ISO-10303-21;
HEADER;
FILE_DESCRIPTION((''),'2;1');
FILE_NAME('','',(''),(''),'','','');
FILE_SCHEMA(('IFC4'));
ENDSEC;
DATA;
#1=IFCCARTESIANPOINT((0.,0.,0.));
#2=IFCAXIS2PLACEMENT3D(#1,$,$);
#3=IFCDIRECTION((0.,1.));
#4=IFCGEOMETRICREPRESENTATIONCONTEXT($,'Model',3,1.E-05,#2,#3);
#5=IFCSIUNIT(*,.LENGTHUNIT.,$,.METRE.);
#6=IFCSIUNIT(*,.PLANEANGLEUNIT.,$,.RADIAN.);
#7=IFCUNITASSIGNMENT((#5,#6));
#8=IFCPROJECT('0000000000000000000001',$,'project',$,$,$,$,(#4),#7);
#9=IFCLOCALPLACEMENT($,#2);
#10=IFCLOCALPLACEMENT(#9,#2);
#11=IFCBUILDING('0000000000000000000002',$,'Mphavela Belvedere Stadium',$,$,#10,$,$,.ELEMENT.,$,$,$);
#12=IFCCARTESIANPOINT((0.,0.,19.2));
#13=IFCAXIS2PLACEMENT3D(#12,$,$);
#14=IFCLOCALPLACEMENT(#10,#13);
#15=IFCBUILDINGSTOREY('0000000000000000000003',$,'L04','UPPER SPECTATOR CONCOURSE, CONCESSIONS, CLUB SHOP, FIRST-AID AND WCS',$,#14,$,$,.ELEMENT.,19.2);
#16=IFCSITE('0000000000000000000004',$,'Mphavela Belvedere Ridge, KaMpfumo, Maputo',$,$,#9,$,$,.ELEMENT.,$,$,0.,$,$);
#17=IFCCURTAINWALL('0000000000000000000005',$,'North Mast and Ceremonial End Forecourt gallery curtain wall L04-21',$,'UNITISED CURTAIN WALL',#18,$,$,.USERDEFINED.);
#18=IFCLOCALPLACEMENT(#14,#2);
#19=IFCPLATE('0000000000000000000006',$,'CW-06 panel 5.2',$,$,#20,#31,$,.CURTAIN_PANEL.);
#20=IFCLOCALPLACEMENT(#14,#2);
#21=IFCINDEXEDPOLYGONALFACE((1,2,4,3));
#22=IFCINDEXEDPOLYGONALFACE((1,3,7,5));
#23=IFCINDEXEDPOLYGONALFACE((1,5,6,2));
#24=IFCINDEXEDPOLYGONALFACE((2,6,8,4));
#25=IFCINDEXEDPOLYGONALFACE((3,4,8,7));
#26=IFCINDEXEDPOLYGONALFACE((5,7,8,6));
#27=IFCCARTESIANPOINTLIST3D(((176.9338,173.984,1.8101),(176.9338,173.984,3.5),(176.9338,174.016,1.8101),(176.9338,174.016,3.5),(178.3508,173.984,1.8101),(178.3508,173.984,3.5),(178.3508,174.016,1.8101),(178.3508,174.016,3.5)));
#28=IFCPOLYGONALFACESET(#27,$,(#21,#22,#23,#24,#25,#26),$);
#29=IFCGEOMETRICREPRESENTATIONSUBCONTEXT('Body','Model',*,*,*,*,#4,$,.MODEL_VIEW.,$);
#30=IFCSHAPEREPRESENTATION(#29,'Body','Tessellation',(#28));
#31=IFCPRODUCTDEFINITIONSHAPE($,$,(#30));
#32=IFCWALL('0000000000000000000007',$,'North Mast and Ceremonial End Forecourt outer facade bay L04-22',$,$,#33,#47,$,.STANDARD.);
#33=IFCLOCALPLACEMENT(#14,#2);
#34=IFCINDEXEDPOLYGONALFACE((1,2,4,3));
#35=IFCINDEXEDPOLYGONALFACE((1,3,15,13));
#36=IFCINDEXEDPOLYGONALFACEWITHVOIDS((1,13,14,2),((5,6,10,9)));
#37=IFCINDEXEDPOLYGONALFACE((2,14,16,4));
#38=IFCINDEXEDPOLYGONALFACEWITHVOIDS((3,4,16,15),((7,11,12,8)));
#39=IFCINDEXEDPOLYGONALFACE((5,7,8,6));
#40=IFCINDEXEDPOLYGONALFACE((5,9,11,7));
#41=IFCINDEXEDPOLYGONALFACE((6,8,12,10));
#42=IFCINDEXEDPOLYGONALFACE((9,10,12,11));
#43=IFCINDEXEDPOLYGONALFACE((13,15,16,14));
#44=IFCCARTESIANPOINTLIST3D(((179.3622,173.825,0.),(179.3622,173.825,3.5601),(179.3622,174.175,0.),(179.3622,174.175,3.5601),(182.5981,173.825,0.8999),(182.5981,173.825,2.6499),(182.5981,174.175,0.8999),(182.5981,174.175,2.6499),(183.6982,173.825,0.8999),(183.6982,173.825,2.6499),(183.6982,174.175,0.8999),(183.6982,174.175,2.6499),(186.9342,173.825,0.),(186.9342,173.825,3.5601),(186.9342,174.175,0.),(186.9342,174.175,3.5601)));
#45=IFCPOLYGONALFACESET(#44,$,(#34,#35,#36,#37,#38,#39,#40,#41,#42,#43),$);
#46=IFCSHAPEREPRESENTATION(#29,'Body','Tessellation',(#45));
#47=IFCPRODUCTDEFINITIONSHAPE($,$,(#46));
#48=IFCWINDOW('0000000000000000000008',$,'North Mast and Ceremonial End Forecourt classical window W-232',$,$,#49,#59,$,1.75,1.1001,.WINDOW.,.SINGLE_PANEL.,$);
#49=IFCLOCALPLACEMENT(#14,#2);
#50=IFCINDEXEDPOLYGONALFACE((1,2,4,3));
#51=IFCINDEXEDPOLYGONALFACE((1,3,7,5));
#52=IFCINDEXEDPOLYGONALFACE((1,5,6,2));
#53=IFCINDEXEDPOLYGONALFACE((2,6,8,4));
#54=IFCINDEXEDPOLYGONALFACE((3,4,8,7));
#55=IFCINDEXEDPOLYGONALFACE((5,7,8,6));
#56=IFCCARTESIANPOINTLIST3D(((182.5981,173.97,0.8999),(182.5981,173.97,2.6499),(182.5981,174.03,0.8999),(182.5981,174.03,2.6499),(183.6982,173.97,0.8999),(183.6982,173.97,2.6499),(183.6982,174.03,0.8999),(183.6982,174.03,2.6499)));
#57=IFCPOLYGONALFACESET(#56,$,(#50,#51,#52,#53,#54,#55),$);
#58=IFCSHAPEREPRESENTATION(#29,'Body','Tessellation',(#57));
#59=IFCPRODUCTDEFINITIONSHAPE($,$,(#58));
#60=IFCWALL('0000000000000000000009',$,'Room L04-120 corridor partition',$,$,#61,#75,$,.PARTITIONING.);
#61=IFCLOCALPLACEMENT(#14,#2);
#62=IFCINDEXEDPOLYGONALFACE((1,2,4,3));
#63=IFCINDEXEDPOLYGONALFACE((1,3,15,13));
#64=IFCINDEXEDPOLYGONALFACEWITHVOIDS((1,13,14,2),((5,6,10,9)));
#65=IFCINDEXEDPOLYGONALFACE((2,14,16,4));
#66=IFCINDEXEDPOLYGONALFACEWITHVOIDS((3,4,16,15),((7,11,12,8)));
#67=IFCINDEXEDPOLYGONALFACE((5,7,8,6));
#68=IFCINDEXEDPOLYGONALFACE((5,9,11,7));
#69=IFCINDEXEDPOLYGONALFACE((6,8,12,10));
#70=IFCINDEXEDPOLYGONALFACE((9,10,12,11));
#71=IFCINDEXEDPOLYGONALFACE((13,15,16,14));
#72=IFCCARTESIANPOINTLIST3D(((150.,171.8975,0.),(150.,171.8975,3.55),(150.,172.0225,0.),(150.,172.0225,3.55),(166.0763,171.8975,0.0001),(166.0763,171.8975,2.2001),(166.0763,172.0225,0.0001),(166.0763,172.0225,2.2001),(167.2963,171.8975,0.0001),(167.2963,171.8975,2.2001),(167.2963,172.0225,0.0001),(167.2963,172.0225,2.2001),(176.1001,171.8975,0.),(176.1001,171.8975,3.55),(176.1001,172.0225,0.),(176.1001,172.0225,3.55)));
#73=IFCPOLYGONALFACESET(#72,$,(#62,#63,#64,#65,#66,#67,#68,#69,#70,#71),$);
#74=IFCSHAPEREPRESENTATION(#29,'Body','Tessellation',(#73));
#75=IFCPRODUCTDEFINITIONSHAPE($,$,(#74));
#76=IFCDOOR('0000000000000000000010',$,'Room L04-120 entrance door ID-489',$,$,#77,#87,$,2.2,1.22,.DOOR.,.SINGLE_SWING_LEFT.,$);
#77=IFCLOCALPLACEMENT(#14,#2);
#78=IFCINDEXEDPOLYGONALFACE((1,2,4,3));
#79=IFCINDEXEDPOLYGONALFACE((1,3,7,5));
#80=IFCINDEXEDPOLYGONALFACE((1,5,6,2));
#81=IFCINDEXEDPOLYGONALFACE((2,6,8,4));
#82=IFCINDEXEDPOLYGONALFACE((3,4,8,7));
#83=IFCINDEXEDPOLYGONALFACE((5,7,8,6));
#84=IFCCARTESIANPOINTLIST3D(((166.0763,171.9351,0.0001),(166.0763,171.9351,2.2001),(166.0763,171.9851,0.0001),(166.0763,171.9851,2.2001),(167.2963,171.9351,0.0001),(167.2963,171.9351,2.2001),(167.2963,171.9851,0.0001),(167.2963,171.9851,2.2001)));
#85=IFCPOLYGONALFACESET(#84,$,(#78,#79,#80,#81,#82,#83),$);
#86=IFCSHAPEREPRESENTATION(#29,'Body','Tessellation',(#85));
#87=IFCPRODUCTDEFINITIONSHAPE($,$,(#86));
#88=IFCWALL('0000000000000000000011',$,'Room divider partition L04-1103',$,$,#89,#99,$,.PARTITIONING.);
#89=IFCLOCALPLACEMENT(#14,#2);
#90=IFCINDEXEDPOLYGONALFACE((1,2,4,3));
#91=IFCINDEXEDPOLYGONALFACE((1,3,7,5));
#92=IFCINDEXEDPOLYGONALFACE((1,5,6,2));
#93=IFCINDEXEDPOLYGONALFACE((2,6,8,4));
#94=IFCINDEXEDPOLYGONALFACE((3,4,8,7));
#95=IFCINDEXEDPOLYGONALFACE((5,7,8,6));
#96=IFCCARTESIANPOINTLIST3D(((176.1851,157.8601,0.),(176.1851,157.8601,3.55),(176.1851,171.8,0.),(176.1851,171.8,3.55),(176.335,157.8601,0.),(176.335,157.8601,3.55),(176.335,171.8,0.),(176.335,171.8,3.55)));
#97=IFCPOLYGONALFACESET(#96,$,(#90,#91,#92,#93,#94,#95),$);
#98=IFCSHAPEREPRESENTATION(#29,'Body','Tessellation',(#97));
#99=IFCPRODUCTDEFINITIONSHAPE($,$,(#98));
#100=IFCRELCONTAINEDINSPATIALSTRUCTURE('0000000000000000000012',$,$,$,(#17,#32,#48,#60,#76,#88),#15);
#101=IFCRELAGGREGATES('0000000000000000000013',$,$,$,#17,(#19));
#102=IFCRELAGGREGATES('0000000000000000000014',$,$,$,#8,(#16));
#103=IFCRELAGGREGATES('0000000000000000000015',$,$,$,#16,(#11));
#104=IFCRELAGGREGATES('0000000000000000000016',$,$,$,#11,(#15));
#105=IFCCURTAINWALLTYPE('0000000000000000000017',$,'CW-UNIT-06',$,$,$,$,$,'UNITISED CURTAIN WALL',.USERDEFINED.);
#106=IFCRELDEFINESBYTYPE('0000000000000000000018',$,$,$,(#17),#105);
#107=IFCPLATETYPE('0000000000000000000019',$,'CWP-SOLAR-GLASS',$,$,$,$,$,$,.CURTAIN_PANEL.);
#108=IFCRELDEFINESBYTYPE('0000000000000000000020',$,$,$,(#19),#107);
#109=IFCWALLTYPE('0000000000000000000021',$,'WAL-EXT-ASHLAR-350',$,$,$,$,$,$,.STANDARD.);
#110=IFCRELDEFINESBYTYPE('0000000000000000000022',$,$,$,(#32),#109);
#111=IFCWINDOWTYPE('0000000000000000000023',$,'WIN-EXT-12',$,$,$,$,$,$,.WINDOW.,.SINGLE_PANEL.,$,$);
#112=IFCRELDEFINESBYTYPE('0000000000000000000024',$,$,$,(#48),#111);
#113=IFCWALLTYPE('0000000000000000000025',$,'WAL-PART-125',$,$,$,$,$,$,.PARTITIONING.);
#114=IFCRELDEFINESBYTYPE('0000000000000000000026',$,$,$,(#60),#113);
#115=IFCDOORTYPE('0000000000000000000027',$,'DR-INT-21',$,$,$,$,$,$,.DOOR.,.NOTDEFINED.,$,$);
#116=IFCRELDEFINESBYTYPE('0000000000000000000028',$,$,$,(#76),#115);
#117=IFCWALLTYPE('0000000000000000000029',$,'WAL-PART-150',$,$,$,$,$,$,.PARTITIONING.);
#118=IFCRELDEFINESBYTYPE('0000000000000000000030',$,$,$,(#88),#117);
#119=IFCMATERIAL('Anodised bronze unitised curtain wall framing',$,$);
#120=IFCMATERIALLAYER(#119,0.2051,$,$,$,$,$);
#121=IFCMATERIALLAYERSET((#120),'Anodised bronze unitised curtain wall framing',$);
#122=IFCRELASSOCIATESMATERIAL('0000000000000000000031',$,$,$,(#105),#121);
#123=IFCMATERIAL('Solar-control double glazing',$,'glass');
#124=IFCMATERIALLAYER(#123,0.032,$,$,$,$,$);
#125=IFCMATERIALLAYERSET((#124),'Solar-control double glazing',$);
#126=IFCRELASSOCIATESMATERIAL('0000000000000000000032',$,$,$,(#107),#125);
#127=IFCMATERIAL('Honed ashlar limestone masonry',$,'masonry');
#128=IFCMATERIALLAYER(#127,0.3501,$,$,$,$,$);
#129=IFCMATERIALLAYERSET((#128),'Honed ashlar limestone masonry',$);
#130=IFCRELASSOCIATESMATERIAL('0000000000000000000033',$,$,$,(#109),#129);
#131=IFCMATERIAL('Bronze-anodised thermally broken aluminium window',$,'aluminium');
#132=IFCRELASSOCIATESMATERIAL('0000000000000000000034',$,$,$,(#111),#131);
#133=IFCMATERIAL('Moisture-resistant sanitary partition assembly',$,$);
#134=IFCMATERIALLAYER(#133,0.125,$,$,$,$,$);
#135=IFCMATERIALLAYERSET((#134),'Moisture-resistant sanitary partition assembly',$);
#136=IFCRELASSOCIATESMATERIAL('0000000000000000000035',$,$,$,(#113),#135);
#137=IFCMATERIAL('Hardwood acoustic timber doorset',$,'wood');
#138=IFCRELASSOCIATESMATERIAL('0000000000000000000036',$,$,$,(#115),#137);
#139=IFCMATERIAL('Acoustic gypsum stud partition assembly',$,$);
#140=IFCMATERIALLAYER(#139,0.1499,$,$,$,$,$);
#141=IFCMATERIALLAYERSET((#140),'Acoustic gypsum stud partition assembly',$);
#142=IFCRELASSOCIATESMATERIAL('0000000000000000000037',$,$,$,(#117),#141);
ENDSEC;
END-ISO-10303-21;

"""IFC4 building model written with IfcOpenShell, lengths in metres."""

from ifc_helpers import new_model, si_unit, direction, frame, frame_2d, origin, origin_2d, place, context, subcontext, project, spatial, rectangle, extrude, material, layer, layer_set, type_object, element, fill, aggregate, save


model = new_model("IFC4")

# Units and contexts
model_context = context("Model", 3, precision=1e-05, world=origin(), true_north=direction((0.0, 1.0)))
body_context = subcontext(model_context, "Body", "Model", "MODEL_VIEW")
ifc_project = project(units=[si_unit("LENGTHUNIT", "METRE"), si_unit("PLANEANGLEUNIT", "RADIAN")], contexts=[model_context])

# Site, building, storey
site_placement = place(None, origin())
site = spatial("IfcSite", under=ifc_project, at=site_placement, Name="Mphavela Belvedere Ridge, KaMpfumo, Maputo", CompositionType="ELEMENT", RefElevation=0.0)
building_placement = place(site_placement, origin())
building = spatial("IfcBuilding", under=site, at=building_placement, Name="Mphavela Belvedere Stadium", CompositionType="ELEMENT")
storey_placement = place(building_placement, frame((0.0, 0.0, 19.2)))
storey = spatial("IfcBuildingStorey", under=building, at=storey_placement, Name="L04", Description="UPPER SPECTATOR CONCOURSE, CONCESSIONS, CLUB SHOP, FIRST-AID AND WCS", CompositionType="ELEMENT", Elevation=19.2)

# Curtain wall, plate
ifc_material_1 = material(Name="Anodised bronze unitised curtain wall framing")
ifc_layer_1 = layer(ifc_material_1, 0.2051)
ifc_layer_set_1 = layer_set([ifc_layer_1], Name="Anodised bronze unitised curtain wall framing")
curtain_wall_type = type_object("IfcCurtainWallType", Name="CW-UNIT-06", ElementType="UNITISED CURTAIN WALL", PredefinedType="USERDEFINED", material=ifc_layer_set_1)
curtain_wall_placement = place(storey_placement, origin())
curtain_wall = element("IfcCurtainWall", 1, at=curtain_wall_placement, inside=storey, type_object=curtain_wall_type, Name="North Mast and Ceremonial End Forecourt gallery curtain wall L04-21", ObjectType="UNITISED CURTAIN WALL", PredefinedType="USERDEFINED")
ifc_material_2 = material(Name="Solar-control double glazing", Category="glass")
ifc_layer_2 = layer(ifc_material_2, 0.032)
ifc_layer_set_2 = layer_set([ifc_layer_2], Name="Solar-control double glazing")
plate_type = type_object("IfcPlateType", Name="CWP-SOLAR-GLASS", PredefinedType="CURTAIN_PANEL", material=ifc_layer_set_2)
plate_1_placement = place(storey_placement, frame((177.6423, 174.0, 1.8101), z_axis=(0.0, 0.0, 1.0), x_axis=(1.0, 0.0, 0.0)))
plate_1 = element("IfcPlate", 2, at=plate_1_placement, type_object=plate_type, Name="CW-06 panel 5.2", PredefinedType="CURTAIN_PANEL", context=body_context, shape_type="SweptSolid", body=[
    extrude(rectangle(XDim=1.417, YDim=0.032, at=origin_2d()), origin(), (0.0, 0.0, 1.0), 1.6899),
])
aggregate(curtain_wall, [plate_1])

# Wall, opening, window
ifc_material_3 = material(Name="Honed ashlar limestone masonry", Category="masonry")
ifc_layer_3 = layer(ifc_material_3, 0.3501)
ifc_layer_set_3 = layer_set([ifc_layer_3], Name="Honed ashlar limestone masonry")
wall_type_1 = type_object("IfcWallType", Name="WAL-EXT-ASHLAR-350", PredefinedType="STANDARD", material=ifc_layer_set_3)
wall_1_placement = place(storey_placement, frame((179.3621, 174.0, 0.0), z_axis=(0.0, 0.0, 1.0), x_axis=(1.0, 0.0, 0.0)))
wall_1 = element("IfcWall", 3, at=wall_1_placement, inside=storey, type_object=wall_type_1, Name="North Mast and Ceremonial End Forecourt outer facade bay L04-22", PredefinedType="STANDARD", context=body_context, shape_type="SweptSolid", body=[
    extrude(rectangle(XDim=7.572, YDim=0.3501, at=frame_2d((3.7861, 0.0))), origin(), (0.0, 0.0, 1.0), 3.5601),
])
opening_1_placement = place(wall_1_placement, frame((3.2361, 0.0, 0.8999)))
opening_1 = element("IfcOpeningElement", 4, at=opening_1_placement, cuts=wall_1, PredefinedType="OPENING", context=body_context, shape_type="SweptSolid", body=[
    extrude(rectangle(XDim=1.1001, YDim=1.75, at=frame_2d((0.55, 0.875))), frame((0.0, 0.1851, 0.0), z_axis=(0.0, -1.0, 0.0), x_axis=(1.0, 0.0, 0.0)), (0.0, 0.0, 1.0), 0.3701),
])
ifc_material_4 = material(Name="Bronze-anodised thermally broken aluminium window", Category="aluminium")
window_type = type_object("IfcWindowType", Name="WIN-EXT-12", PartitioningType="SINGLE_PANEL", PredefinedType="WINDOW", material=ifc_material_4)
window_placement = place(opening_1_placement, origin())
window = element("IfcWindow", 5, at=window_placement, inside=storey, type_object=window_type, Name="North Mast and Ceremonial End Forecourt classical window W-232", OverallHeight=1.75, OverallWidth=1.1001, PartitioningType="SINGLE_PANEL", PredefinedType="WINDOW", context=body_context, shape_type="SweptSolid", body=[
    extrude(rectangle(XDim=1.1001, YDim=1.75, at=frame_2d((0.55, 0.875))), frame((0.0, 0.03, 0.0), z_axis=(0.0, -1.0, 0.0), x_axis=(1.0, 0.0, 0.0)), (0.0, 0.0, 1.0), 0.0601),
])
fill(opening_1, window)

# Wall, opening, door
ifc_material_5 = material(Name="Moisture-resistant sanitary partition assembly")
ifc_layer_4 = layer(ifc_material_5, 0.125)
ifc_layer_set_4 = layer_set([ifc_layer_4], Name="Moisture-resistant sanitary partition assembly")
wall_type_2 = type_object("IfcWallType", Name="WAL-PART-125", PredefinedType="PARTITIONING", material=ifc_layer_set_4)
wall_2_placement = place(storey_placement, frame((176.1001, 171.96, 0.0), z_axis=(0.0, 0.0, 1.0), x_axis=(-1.0, 0.0, 0.0)))
wall_2 = element("IfcWall", 6, at=wall_2_placement, inside=storey, type_object=wall_type_2, Name="Room L04-120 corridor partition", PredefinedType="PARTITIONING", context=body_context, shape_type="SweptSolid", body=[
    extrude(rectangle(XDim=26.1001, YDim=0.125, at=frame_2d((13.05, 0.0))), origin(), (0.0, 0.0, 1.0), 3.55),
])
opening_2_placement = place(wall_2_placement, frame((8.804, 0.0, 0.0)))
opening_2 = element("IfcOpeningElement", 7, at=opening_2_placement, cuts=wall_2, PredefinedType="OPENING", context=body_context, shape_type="SweptSolid", body=[
    extrude(rectangle(XDim=1.22, YDim=2.2, at=frame_2d((0.6099, 1.1001))), frame((0.0, 0.0725, 0.0), z_axis=(0.0, -1.0, 0.0), x_axis=(1.0, 0.0, 0.0)), (0.0, 0.0, 1.0), 0.145),
])
ifc_material_6 = material(Name="Hardwood acoustic timber doorset", Category="wood")
door_type = type_object("IfcDoorType", Name="DR-INT-21", OperationType="NOTDEFINED", PredefinedType="DOOR", material=ifc_material_6)
door_placement = place(opening_2_placement, origin())
door = element("IfcDoor", 8, at=door_placement, inside=storey, type_object=door_type, Name="Room L04-120 entrance door ID-489", OperationType="SINGLE_SWING_LEFT", OverallHeight=2.2, OverallWidth=1.22, PredefinedType="DOOR", context=body_context, shape_type="SweptSolid", body=[
    extrude(rectangle(XDim=1.22, YDim=2.2, at=frame_2d((0.6099, 1.1001))), frame((0.0, 0.0249, 0.0), z_axis=(0.0, -1.0, 0.0), x_axis=(1.0, 0.0, 0.0)), (0.0, 0.0, 1.0), 0.05),
])
fill(opening_2, door)

# Wall
ifc_material_7 = material(Name="Acoustic gypsum stud partition assembly")
ifc_layer_5 = layer(ifc_material_7, 0.1499)
ifc_layer_set_5 = layer_set([ifc_layer_5], Name="Acoustic gypsum stud partition assembly")
wall_type_3 = type_object("IfcWallType", Name="WAL-PART-150", PredefinedType="PARTITIONING", material=ifc_layer_set_5)
wall_3_placement = place(storey_placement, frame((176.26, 157.8601, 0.0), z_axis=(0.0, 0.0, 1.0), x_axis=(0.0, 1.0, 0.0)))
element("IfcWall", 9, at=wall_3_placement, inside=storey, type_object=wall_type_3, Name="Room divider partition L04-1103", PredefinedType="PARTITIONING", context=body_context, shape_type="SweptSolid", body=[
    extrude(rectangle(XDim=13.9399, YDim=0.1499, at=frame_2d((6.97, 0.0))), origin(), (0.0, 0.0, 1.0), 3.55),
])

save(model, "model.ifc")
